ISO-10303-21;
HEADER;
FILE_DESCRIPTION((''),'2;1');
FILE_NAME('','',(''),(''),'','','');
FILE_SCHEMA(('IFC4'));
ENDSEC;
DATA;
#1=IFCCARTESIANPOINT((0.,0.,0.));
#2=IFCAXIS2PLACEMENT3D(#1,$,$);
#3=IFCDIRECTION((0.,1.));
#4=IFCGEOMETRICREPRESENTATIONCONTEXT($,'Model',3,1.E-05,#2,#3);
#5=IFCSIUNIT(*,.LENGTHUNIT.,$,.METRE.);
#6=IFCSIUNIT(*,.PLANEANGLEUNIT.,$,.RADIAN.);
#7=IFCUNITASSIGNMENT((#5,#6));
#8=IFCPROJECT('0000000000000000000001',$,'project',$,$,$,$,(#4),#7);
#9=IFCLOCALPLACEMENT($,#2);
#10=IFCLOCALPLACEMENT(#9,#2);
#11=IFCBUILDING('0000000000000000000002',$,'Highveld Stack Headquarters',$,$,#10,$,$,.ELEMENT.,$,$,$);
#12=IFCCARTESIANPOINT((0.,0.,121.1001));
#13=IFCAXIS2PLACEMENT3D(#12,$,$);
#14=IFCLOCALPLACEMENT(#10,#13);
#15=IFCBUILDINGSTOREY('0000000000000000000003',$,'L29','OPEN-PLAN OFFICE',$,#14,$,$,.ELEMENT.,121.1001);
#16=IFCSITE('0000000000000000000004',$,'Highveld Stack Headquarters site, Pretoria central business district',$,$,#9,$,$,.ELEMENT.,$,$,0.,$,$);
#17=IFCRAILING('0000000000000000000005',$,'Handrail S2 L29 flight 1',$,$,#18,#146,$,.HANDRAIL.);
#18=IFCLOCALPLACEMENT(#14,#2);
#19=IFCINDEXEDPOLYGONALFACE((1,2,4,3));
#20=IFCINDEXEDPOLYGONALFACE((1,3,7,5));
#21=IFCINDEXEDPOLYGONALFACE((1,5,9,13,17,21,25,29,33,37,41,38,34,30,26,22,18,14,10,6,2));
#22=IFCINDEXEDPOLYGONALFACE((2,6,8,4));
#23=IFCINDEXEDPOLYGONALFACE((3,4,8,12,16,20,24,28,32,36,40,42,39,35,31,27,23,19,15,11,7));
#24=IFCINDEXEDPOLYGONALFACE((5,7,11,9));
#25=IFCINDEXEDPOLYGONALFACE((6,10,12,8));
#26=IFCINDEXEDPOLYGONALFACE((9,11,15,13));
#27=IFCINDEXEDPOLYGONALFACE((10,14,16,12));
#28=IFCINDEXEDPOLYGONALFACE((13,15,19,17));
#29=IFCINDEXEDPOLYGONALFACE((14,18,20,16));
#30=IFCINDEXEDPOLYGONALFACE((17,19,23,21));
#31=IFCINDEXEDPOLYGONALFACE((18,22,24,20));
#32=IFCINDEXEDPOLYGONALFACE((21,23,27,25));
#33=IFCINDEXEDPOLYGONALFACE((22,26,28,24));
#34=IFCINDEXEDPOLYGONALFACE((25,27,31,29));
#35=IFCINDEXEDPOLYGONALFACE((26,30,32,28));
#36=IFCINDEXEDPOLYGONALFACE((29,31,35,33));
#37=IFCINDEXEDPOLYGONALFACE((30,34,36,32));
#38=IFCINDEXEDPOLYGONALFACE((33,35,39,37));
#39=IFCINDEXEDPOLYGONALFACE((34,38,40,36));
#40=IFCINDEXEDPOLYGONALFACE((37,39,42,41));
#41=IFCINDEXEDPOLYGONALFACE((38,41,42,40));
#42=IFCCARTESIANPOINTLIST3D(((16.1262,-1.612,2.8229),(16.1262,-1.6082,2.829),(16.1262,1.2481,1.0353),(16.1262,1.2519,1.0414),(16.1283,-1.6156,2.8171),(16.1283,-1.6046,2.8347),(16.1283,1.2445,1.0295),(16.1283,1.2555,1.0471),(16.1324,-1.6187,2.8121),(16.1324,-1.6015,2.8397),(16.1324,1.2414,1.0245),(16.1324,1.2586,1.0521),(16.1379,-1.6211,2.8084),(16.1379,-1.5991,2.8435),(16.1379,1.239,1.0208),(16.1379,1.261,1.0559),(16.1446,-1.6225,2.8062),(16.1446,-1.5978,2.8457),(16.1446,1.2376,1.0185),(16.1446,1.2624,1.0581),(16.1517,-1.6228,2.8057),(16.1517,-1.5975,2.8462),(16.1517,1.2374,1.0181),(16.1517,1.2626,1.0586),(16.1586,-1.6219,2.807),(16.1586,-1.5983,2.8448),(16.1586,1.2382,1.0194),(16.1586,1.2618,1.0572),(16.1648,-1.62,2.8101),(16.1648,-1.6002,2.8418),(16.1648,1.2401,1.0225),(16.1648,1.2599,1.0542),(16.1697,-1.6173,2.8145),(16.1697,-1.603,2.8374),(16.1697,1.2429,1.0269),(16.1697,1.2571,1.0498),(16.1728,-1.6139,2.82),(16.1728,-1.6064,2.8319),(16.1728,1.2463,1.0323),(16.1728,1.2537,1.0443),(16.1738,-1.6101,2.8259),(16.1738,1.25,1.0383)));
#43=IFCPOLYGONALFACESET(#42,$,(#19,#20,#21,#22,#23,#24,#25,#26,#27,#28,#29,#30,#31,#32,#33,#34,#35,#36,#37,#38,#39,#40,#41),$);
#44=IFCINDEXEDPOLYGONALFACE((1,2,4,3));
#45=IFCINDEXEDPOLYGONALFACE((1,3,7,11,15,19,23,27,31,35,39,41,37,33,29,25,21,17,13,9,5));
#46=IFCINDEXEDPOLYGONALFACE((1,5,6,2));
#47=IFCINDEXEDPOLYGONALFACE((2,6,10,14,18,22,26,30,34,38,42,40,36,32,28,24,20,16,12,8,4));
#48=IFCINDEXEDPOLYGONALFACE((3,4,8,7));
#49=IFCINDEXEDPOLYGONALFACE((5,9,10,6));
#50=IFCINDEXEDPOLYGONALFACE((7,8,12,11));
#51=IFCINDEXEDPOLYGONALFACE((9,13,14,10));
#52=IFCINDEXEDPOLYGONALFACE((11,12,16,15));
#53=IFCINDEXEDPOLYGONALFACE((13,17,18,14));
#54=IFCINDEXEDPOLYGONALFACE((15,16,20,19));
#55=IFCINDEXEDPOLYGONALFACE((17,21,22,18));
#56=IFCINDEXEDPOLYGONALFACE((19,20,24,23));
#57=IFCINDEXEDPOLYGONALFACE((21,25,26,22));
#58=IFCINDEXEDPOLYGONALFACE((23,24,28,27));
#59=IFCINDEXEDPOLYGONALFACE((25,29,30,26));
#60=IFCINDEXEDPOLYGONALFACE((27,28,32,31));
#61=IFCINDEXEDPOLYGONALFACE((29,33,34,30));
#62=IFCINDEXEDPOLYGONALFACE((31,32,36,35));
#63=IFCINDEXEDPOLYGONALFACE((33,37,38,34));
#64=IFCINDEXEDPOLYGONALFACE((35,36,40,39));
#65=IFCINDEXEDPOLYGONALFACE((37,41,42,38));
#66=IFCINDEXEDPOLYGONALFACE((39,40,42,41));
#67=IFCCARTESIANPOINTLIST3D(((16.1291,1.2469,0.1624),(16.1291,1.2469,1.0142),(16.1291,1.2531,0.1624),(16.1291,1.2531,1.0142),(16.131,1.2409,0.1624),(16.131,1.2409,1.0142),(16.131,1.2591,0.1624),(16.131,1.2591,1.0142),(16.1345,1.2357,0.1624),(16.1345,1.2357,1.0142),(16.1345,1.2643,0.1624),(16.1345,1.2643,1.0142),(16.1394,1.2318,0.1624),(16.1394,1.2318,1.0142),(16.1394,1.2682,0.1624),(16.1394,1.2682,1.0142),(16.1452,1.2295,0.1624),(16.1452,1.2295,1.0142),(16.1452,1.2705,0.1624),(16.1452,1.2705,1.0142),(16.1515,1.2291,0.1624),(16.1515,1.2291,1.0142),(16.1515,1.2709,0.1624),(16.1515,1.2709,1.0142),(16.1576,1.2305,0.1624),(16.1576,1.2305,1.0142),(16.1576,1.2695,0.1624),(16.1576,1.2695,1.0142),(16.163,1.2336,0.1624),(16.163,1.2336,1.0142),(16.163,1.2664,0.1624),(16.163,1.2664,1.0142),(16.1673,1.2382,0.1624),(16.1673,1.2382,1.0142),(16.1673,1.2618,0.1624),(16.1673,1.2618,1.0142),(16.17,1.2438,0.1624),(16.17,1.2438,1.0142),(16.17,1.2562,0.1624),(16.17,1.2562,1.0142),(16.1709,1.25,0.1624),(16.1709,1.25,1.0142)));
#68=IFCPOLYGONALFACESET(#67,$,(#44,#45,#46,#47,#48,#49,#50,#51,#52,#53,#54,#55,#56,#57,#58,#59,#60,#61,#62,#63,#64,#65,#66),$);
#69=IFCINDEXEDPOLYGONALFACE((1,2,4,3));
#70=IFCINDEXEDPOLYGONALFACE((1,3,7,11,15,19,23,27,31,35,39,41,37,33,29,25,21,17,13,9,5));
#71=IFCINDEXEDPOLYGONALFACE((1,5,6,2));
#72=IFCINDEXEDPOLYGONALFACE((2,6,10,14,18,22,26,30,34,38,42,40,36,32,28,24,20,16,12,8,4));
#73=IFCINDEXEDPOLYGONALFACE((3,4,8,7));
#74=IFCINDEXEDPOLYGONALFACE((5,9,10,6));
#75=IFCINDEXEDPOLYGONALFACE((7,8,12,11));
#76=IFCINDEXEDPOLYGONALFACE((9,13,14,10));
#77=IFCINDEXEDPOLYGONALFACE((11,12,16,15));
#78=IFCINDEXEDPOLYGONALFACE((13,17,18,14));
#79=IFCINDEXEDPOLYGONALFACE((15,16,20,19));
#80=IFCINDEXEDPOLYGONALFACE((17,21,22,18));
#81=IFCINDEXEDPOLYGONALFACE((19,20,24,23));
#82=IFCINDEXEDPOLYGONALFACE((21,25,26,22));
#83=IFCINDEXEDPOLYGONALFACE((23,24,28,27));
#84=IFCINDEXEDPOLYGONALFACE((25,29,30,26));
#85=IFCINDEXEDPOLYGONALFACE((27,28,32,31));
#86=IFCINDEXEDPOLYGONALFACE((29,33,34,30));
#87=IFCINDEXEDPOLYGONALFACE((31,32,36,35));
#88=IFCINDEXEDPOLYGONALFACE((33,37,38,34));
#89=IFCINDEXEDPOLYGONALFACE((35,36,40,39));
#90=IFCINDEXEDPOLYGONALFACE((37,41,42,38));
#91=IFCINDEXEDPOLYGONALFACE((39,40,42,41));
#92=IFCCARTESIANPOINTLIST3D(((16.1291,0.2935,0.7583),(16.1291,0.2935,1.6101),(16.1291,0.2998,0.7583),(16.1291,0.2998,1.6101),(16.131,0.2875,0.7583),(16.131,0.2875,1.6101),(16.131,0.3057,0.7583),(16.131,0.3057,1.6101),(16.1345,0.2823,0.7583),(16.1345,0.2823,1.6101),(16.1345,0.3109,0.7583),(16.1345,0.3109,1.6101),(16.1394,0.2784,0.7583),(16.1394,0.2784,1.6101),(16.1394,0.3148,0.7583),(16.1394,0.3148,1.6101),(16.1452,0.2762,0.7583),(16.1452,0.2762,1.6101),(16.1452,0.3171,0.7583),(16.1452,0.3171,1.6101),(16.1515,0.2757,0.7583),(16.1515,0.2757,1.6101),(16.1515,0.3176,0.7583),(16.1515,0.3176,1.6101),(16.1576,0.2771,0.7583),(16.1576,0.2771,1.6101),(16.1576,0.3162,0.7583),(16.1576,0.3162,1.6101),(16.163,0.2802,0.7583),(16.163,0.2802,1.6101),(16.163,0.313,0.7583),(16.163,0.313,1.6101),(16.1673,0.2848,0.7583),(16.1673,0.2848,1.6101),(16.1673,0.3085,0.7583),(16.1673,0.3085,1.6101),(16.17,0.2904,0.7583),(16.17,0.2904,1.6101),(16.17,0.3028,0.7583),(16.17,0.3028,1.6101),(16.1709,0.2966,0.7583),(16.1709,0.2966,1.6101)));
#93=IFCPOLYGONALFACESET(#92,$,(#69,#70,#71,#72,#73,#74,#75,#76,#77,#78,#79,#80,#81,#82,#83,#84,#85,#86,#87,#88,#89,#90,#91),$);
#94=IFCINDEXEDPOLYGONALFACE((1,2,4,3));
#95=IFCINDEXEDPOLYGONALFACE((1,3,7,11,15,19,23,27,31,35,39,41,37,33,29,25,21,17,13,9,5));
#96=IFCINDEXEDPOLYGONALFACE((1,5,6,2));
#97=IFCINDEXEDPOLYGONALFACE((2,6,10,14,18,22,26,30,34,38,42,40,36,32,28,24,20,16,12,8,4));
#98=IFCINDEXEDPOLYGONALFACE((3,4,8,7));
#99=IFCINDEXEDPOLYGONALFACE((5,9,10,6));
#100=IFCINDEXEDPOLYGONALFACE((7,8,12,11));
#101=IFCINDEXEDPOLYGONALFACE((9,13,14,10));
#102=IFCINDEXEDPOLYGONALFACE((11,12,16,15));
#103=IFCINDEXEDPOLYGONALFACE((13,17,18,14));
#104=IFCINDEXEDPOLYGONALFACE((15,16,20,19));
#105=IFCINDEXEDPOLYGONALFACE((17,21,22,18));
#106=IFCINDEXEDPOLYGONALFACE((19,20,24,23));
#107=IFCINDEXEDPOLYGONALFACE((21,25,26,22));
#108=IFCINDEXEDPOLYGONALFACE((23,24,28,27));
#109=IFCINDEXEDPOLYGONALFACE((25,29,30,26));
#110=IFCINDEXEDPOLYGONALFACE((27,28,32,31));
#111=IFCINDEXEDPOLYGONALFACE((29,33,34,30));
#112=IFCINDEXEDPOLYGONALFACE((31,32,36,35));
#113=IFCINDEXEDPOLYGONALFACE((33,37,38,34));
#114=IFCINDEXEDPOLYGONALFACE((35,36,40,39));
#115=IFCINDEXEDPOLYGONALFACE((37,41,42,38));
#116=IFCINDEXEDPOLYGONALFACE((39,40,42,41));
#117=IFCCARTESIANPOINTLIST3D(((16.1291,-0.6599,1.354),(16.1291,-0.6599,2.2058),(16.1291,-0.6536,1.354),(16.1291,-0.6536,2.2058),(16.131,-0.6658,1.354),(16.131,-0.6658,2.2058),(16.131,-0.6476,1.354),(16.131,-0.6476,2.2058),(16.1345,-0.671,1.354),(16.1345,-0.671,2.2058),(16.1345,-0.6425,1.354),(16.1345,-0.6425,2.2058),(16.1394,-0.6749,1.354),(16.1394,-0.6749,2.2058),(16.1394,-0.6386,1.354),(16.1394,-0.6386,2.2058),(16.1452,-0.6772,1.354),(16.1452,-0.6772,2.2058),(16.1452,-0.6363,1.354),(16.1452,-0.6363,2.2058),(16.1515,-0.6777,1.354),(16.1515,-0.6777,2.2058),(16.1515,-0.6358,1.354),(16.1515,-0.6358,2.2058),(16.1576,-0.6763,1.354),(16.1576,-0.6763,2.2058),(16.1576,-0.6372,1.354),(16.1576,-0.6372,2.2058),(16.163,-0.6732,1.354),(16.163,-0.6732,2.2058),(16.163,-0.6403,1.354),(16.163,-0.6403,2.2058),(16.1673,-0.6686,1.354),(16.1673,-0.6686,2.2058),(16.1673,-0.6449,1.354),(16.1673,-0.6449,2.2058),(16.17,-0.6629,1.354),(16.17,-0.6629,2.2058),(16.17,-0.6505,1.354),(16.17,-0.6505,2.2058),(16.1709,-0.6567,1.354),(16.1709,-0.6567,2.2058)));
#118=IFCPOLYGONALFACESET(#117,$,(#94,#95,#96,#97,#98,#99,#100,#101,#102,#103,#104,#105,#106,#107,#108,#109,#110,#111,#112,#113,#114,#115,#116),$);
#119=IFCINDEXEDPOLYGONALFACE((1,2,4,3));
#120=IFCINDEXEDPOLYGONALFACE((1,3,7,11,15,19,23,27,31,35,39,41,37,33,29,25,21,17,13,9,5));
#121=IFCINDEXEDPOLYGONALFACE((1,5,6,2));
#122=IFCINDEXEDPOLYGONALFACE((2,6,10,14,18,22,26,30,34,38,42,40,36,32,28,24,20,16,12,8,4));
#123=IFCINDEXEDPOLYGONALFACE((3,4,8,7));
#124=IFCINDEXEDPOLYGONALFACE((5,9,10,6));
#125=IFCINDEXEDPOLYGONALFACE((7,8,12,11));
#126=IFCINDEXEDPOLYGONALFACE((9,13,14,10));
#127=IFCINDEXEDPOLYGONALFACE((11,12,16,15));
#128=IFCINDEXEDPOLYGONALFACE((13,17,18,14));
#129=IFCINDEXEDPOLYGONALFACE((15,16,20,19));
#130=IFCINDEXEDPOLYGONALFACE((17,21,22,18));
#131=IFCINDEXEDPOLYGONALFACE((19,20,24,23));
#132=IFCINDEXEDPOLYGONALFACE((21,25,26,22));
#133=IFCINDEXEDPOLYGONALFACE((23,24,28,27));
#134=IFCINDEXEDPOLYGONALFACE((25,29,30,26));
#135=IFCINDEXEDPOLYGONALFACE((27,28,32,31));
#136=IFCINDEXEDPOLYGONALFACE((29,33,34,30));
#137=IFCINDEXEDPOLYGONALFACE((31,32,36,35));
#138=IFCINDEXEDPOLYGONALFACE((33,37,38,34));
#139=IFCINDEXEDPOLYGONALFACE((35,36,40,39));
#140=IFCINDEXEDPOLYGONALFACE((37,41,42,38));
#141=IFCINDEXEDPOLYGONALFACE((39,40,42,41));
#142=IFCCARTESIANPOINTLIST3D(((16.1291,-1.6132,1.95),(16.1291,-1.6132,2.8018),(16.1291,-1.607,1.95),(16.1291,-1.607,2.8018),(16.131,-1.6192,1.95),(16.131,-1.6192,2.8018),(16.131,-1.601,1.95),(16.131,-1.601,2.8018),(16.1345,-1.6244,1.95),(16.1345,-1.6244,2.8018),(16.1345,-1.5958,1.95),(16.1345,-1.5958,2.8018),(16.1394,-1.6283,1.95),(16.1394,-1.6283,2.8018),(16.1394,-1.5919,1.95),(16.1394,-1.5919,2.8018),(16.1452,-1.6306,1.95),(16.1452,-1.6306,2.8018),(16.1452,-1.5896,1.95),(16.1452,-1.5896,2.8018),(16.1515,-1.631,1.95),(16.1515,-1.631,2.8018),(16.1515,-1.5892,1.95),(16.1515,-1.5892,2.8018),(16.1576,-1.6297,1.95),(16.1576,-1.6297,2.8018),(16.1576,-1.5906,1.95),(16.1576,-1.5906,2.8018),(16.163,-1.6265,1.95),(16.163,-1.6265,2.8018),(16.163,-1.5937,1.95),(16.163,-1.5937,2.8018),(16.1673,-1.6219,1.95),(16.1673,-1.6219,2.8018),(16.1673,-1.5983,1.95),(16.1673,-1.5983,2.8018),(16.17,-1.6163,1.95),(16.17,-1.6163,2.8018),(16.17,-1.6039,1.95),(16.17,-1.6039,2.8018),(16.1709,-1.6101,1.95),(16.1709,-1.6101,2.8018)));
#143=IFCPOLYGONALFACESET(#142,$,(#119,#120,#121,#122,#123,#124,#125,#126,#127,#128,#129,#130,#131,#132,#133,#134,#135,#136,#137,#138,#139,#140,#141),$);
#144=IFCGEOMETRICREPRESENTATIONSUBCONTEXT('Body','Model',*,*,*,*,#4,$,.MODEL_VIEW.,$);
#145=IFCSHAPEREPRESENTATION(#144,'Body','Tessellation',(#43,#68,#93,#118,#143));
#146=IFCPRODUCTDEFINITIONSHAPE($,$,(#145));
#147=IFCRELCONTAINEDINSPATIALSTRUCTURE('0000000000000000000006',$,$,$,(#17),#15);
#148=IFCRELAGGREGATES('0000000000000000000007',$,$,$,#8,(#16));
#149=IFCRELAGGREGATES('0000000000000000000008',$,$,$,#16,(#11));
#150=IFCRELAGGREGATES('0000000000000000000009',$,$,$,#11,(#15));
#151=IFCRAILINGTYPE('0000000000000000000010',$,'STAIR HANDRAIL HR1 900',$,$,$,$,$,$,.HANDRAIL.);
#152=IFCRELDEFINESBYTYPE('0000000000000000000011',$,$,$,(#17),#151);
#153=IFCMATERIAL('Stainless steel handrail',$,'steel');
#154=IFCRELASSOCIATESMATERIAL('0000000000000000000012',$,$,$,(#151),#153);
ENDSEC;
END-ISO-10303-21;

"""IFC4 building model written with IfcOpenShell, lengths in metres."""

from ifc_helpers import new_model, si_unit, direction, frame, origin, origin_2d, place, context, subcontext, project, spatial, circle, extrude, material, type_object, element, save


model = new_model("IFC4")

# Units and contexts
model_context = context("Model", 3, precision=1e-05, world=origin(), true_north=direction((0.0, 1.0)))
body_context = subcontext(model_context, "Body", "Model", "MODEL_VIEW")
ifc_project = project(units=[si_unit("LENGTHUNIT", "METRE"), si_unit("PLANEANGLEUNIT", "RADIAN")], contexts=[model_context])

# Site, building, storey
site_placement = place(None, origin())
site = spatial("IfcSite", under=ifc_project, at=site_placement, Name="Highveld Stack Headquarters site, Pretoria central business district", CompositionType="ELEMENT", RefElevation=0.0)
building_placement = place(site_placement, origin())
building = spatial("IfcBuilding", under=site, at=building_placement, Name="Highveld Stack Headquarters", CompositionType="ELEMENT")
storey_placement = place(building_placement, frame((0.0, 0.0, 121.1001)))
storey = spatial("IfcBuildingStorey", under=building, at=storey_placement, Name="L29", Description="OPEN-PLAN OFFICE", CompositionType="ELEMENT", Elevation=121.1001)

# Railing
ifc_material_1 = material(Name="Stainless steel handrail", Category="steel")
railing_type = type_object("IfcRailingType", Name="STAIR HANDRAIL HR1 900", PredefinedType="HANDRAIL", material=ifc_material_1)
for number, where, name in (
    (1, (16.1499, 1.25, 0.1624), "Handrail S2 L29 flight 1"),
):
    element("IfcRailing", number, at=place(storey_placement, frame(where)), inside=storey, type_object=railing_type, Name=name, PredefinedType="HANDRAIL", context=body_context, shape_type="SweptSolid", body=[
        extrude(circle(Radius=0.0239, at=origin_2d()), frame((0.0, 0.0, 0.876), z_axis=(0.0, -0.847994, 0.530005), x_axis=(1.0, 0.0, 0.0)), (0.0, 0.0, 1.0), 3.3728),
        extrude(circle(Radius=0.021, at=origin_2d()), origin(), (0.0, 0.0, 1.0), 0.8518),
        extrude(circle(Radius=0.021, at=origin_2d()), frame((0.0, -0.9534, 0.5959)), (0.0, 0.0, 1.0), 0.8518),
        extrude(circle(Radius=0.021, at=origin_2d()), frame((0.0, -1.9067, 1.1917)), (0.0, 0.0, 1.0), 0.8518),
        extrude(circle(Radius=0.021, at=origin_2d()), frame((0.0, -2.8601, 1.7876)), (0.0, 0.0, 1.0), 0.8518),
    ])

save(model, "model.ifc")
